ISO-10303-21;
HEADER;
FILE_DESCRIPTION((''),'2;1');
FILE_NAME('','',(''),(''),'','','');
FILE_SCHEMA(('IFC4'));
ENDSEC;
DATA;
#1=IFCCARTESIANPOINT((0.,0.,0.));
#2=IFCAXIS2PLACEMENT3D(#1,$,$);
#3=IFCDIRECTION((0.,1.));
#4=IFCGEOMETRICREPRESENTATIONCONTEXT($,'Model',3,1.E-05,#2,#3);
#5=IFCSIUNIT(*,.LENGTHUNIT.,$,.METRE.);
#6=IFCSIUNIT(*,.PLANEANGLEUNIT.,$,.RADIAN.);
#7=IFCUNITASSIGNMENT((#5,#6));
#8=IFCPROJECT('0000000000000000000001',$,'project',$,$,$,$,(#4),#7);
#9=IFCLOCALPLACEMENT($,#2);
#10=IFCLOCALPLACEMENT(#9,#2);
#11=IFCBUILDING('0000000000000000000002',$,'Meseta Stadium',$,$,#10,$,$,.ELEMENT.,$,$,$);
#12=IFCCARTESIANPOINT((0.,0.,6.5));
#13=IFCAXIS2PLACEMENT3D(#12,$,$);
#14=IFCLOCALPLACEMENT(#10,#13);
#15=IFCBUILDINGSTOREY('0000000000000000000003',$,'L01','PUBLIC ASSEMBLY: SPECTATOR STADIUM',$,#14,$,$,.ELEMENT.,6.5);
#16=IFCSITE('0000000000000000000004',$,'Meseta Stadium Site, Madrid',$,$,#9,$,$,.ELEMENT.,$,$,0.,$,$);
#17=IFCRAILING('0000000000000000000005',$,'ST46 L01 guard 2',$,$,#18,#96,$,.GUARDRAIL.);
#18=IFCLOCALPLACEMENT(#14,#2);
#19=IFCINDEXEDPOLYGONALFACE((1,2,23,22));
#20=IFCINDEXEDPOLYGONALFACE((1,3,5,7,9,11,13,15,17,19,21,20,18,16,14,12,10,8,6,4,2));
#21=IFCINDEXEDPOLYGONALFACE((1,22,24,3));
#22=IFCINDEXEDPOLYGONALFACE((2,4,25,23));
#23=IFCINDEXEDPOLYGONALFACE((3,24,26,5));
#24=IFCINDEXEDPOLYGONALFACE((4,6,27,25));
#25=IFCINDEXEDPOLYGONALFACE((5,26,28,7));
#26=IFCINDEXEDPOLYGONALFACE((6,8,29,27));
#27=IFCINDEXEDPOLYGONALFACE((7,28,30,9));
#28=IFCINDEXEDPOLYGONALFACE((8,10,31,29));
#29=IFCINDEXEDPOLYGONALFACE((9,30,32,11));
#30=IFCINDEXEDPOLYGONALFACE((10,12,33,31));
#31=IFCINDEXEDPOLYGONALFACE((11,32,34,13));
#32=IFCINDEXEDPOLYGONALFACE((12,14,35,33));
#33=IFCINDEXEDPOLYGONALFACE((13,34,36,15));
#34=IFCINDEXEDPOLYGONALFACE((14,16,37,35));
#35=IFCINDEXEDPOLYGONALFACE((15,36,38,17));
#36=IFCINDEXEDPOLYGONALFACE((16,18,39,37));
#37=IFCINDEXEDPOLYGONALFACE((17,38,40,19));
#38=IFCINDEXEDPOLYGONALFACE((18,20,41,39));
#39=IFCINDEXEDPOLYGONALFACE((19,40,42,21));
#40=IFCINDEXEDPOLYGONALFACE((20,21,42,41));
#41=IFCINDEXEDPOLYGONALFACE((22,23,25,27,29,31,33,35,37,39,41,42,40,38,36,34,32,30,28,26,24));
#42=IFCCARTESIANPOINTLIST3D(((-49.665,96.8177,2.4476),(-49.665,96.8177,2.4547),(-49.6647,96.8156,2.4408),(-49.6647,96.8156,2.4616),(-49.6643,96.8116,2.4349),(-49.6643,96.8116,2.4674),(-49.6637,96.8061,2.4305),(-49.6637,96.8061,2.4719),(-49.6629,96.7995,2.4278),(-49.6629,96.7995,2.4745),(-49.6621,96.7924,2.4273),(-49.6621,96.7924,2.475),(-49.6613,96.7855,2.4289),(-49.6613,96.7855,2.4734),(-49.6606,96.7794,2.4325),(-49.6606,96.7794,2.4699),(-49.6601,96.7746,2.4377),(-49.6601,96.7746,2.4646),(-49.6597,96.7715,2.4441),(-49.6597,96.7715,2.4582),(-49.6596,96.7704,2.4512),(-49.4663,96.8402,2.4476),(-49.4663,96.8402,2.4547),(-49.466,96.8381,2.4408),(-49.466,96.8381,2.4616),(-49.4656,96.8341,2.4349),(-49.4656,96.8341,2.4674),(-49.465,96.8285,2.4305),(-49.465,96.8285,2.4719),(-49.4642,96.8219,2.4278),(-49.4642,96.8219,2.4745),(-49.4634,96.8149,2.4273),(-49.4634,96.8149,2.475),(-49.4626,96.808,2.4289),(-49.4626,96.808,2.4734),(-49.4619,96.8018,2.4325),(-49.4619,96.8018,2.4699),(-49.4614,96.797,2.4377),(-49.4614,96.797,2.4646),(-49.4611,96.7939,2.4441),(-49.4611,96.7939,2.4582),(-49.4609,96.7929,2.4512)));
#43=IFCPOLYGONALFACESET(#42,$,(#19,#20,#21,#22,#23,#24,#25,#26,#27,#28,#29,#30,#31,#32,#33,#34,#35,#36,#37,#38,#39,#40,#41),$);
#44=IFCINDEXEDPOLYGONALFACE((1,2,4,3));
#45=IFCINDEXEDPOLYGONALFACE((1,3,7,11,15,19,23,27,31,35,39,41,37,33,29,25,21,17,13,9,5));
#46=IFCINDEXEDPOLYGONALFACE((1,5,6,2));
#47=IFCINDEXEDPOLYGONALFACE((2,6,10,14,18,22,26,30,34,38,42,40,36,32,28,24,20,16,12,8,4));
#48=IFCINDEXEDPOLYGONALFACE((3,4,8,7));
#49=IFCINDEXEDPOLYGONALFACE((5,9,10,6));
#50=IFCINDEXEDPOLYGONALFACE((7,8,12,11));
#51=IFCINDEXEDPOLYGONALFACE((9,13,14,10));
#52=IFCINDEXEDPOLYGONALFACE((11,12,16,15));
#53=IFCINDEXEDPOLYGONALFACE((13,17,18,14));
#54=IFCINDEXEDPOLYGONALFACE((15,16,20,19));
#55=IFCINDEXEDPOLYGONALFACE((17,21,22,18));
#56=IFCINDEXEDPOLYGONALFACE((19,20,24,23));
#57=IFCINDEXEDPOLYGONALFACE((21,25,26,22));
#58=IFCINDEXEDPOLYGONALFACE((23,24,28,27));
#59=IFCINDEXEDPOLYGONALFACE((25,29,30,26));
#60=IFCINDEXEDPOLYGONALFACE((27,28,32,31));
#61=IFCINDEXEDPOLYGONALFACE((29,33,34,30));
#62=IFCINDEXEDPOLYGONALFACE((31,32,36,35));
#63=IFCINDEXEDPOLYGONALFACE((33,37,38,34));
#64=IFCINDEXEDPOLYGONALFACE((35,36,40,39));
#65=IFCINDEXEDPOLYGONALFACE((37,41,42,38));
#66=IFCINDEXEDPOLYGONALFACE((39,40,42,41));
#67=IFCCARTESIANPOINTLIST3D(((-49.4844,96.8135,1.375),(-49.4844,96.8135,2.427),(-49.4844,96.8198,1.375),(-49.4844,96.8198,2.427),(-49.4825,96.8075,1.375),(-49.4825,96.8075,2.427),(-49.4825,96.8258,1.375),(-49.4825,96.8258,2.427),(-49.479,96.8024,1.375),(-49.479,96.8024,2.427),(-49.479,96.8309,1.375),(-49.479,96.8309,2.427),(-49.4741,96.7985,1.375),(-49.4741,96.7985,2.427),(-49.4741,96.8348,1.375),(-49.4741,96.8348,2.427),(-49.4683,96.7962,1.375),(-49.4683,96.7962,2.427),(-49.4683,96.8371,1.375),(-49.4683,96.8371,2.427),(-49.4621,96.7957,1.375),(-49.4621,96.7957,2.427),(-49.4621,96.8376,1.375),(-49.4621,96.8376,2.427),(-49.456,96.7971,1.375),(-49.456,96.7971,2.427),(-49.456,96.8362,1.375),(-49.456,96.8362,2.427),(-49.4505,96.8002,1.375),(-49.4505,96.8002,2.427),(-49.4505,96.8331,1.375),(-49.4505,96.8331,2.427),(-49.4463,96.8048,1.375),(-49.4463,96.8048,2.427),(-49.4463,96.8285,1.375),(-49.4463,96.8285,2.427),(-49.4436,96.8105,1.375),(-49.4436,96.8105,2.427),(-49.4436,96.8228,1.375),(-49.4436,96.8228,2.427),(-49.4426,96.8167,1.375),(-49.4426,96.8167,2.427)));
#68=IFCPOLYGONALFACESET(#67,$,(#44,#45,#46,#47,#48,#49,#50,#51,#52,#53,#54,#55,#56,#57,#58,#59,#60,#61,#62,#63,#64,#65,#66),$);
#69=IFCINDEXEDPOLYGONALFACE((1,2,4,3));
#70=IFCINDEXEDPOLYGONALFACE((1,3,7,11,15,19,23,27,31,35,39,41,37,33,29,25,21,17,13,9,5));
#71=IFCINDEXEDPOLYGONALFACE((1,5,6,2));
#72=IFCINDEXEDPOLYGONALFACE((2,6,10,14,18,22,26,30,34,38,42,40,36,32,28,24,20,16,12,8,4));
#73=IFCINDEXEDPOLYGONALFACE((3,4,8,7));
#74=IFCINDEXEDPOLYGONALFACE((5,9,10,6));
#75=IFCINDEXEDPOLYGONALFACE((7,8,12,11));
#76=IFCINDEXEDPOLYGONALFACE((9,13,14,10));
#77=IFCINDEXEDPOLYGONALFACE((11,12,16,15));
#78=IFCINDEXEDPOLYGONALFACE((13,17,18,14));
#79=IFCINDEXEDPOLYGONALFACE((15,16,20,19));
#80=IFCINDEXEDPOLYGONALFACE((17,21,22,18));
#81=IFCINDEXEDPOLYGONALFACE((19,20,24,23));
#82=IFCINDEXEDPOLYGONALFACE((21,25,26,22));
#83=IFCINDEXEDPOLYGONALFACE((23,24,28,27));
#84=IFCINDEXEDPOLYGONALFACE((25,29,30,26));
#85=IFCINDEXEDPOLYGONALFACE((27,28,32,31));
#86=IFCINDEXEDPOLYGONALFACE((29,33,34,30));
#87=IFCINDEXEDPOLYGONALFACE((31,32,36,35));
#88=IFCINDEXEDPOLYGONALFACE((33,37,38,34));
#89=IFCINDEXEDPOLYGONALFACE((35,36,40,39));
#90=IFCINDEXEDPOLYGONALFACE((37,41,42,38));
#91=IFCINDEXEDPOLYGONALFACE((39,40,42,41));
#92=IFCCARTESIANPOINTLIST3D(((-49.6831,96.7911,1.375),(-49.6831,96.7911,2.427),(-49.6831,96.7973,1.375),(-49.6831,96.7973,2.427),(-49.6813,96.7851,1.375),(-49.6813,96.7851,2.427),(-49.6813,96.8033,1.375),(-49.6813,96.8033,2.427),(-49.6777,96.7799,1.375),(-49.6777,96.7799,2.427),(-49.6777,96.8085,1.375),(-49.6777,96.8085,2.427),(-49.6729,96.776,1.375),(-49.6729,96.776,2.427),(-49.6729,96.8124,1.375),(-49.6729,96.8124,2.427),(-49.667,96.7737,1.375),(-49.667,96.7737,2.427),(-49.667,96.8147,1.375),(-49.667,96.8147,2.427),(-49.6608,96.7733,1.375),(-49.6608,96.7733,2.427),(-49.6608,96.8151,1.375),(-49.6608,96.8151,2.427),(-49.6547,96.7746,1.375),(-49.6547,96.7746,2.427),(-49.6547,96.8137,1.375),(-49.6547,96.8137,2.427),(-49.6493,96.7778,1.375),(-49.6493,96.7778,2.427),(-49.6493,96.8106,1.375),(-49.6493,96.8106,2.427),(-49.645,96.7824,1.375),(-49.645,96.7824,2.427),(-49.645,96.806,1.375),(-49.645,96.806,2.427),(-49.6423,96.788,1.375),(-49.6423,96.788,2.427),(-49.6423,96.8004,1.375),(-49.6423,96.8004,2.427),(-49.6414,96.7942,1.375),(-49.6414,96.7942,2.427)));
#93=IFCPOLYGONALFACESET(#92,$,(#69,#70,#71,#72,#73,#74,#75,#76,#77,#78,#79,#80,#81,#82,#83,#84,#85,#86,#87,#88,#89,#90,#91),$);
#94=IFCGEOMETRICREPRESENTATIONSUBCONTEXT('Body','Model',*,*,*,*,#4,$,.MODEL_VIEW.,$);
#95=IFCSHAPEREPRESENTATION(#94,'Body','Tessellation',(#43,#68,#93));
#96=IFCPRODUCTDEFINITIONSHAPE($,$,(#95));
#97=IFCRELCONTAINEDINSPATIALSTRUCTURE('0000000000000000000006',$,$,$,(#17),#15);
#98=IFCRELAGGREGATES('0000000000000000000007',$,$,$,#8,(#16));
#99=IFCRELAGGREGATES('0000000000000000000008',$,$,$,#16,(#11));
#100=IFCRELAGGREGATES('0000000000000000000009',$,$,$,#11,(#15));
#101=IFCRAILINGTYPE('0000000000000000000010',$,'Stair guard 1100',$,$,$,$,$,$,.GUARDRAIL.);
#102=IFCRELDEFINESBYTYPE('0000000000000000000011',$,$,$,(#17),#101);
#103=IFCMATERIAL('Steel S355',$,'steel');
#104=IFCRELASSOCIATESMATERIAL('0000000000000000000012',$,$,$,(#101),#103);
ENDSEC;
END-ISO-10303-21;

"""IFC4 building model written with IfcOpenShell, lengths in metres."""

from ifc_helpers import new_model, si_unit, direction, frame, origin, origin_2d, place, context, subcontext, project, spatial, circle, extrude, material, type_object, element, save


model = new_model("IFC4")

# Units and contexts
model_context = context("Model", 3, precision=1e-05, world=origin(), true_north=direction((0.0, 1.0)))
body_context = subcontext(model_context, "Body", "Model", "MODEL_VIEW")
ifc_project = project(units=[si_unit("LENGTHUNIT", "METRE"), si_unit("PLANEANGLEUNIT", "RADIAN")], contexts=[model_context])

# Site, building, storey
site_placement = place(None, origin())
site = spatial("IfcSite", under=ifc_project, at=site_placement, Name="Meseta Stadium Site, Madrid", CompositionType="ELEMENT", RefElevation=0.0)
building_placement = place(site_placement, origin())
building = spatial("IfcBuilding", under=site, at=building_placement, Name="Meseta Stadium", CompositionType="ELEMENT")
storey_placement = place(building_placement, frame((0.0, 0.0, 6.5)))
storey = spatial("IfcBuildingStorey", under=building, at=storey_placement, Name="L01", Description="PUBLIC ASSEMBLY: SPECTATOR STADIUM", CompositionType="ELEMENT", Elevation=6.5)

# Railing
ifc_material_1 = material(Name="Steel S355", Category="steel")
railing_type_1 = type_object("IfcRailingType", Name="Stair guard 1100", PredefinedType="GUARDRAIL", material=ifc_material_1)
railing_1_placement = place(storey_placement, frame((-49.4636, 96.8167, 1.375)))
element("IfcRailing", 1, at=railing_1_placement, inside=storey, type_object=railing_type_1, Name="ST46 L01 guard 2", PredefinedType="GUARDRAIL", context=body_context, shape_type="SweptSolid", body=[
    extrude(circle(Radius=0.0239, at=origin_2d()), frame((0.0, 0.0, 1.0762), z_axis=(-0.993674, -0.112307, 0.0), x_axis=(0.112307, -0.993674, 0.0)), (0.0, 0.0, 1.0), 0.2),
    extrude(circle(Radius=0.021, at=origin_2d()), origin(), (0.0, 0.0, 1.0), 1.052),
    extrude(circle(Radius=0.021, at=origin_2d()), frame((-0.1987, -0.0225, 0.0)), (0.0, 0.0, 1.0), 1.052),
])

save(model, "model.ifc")
